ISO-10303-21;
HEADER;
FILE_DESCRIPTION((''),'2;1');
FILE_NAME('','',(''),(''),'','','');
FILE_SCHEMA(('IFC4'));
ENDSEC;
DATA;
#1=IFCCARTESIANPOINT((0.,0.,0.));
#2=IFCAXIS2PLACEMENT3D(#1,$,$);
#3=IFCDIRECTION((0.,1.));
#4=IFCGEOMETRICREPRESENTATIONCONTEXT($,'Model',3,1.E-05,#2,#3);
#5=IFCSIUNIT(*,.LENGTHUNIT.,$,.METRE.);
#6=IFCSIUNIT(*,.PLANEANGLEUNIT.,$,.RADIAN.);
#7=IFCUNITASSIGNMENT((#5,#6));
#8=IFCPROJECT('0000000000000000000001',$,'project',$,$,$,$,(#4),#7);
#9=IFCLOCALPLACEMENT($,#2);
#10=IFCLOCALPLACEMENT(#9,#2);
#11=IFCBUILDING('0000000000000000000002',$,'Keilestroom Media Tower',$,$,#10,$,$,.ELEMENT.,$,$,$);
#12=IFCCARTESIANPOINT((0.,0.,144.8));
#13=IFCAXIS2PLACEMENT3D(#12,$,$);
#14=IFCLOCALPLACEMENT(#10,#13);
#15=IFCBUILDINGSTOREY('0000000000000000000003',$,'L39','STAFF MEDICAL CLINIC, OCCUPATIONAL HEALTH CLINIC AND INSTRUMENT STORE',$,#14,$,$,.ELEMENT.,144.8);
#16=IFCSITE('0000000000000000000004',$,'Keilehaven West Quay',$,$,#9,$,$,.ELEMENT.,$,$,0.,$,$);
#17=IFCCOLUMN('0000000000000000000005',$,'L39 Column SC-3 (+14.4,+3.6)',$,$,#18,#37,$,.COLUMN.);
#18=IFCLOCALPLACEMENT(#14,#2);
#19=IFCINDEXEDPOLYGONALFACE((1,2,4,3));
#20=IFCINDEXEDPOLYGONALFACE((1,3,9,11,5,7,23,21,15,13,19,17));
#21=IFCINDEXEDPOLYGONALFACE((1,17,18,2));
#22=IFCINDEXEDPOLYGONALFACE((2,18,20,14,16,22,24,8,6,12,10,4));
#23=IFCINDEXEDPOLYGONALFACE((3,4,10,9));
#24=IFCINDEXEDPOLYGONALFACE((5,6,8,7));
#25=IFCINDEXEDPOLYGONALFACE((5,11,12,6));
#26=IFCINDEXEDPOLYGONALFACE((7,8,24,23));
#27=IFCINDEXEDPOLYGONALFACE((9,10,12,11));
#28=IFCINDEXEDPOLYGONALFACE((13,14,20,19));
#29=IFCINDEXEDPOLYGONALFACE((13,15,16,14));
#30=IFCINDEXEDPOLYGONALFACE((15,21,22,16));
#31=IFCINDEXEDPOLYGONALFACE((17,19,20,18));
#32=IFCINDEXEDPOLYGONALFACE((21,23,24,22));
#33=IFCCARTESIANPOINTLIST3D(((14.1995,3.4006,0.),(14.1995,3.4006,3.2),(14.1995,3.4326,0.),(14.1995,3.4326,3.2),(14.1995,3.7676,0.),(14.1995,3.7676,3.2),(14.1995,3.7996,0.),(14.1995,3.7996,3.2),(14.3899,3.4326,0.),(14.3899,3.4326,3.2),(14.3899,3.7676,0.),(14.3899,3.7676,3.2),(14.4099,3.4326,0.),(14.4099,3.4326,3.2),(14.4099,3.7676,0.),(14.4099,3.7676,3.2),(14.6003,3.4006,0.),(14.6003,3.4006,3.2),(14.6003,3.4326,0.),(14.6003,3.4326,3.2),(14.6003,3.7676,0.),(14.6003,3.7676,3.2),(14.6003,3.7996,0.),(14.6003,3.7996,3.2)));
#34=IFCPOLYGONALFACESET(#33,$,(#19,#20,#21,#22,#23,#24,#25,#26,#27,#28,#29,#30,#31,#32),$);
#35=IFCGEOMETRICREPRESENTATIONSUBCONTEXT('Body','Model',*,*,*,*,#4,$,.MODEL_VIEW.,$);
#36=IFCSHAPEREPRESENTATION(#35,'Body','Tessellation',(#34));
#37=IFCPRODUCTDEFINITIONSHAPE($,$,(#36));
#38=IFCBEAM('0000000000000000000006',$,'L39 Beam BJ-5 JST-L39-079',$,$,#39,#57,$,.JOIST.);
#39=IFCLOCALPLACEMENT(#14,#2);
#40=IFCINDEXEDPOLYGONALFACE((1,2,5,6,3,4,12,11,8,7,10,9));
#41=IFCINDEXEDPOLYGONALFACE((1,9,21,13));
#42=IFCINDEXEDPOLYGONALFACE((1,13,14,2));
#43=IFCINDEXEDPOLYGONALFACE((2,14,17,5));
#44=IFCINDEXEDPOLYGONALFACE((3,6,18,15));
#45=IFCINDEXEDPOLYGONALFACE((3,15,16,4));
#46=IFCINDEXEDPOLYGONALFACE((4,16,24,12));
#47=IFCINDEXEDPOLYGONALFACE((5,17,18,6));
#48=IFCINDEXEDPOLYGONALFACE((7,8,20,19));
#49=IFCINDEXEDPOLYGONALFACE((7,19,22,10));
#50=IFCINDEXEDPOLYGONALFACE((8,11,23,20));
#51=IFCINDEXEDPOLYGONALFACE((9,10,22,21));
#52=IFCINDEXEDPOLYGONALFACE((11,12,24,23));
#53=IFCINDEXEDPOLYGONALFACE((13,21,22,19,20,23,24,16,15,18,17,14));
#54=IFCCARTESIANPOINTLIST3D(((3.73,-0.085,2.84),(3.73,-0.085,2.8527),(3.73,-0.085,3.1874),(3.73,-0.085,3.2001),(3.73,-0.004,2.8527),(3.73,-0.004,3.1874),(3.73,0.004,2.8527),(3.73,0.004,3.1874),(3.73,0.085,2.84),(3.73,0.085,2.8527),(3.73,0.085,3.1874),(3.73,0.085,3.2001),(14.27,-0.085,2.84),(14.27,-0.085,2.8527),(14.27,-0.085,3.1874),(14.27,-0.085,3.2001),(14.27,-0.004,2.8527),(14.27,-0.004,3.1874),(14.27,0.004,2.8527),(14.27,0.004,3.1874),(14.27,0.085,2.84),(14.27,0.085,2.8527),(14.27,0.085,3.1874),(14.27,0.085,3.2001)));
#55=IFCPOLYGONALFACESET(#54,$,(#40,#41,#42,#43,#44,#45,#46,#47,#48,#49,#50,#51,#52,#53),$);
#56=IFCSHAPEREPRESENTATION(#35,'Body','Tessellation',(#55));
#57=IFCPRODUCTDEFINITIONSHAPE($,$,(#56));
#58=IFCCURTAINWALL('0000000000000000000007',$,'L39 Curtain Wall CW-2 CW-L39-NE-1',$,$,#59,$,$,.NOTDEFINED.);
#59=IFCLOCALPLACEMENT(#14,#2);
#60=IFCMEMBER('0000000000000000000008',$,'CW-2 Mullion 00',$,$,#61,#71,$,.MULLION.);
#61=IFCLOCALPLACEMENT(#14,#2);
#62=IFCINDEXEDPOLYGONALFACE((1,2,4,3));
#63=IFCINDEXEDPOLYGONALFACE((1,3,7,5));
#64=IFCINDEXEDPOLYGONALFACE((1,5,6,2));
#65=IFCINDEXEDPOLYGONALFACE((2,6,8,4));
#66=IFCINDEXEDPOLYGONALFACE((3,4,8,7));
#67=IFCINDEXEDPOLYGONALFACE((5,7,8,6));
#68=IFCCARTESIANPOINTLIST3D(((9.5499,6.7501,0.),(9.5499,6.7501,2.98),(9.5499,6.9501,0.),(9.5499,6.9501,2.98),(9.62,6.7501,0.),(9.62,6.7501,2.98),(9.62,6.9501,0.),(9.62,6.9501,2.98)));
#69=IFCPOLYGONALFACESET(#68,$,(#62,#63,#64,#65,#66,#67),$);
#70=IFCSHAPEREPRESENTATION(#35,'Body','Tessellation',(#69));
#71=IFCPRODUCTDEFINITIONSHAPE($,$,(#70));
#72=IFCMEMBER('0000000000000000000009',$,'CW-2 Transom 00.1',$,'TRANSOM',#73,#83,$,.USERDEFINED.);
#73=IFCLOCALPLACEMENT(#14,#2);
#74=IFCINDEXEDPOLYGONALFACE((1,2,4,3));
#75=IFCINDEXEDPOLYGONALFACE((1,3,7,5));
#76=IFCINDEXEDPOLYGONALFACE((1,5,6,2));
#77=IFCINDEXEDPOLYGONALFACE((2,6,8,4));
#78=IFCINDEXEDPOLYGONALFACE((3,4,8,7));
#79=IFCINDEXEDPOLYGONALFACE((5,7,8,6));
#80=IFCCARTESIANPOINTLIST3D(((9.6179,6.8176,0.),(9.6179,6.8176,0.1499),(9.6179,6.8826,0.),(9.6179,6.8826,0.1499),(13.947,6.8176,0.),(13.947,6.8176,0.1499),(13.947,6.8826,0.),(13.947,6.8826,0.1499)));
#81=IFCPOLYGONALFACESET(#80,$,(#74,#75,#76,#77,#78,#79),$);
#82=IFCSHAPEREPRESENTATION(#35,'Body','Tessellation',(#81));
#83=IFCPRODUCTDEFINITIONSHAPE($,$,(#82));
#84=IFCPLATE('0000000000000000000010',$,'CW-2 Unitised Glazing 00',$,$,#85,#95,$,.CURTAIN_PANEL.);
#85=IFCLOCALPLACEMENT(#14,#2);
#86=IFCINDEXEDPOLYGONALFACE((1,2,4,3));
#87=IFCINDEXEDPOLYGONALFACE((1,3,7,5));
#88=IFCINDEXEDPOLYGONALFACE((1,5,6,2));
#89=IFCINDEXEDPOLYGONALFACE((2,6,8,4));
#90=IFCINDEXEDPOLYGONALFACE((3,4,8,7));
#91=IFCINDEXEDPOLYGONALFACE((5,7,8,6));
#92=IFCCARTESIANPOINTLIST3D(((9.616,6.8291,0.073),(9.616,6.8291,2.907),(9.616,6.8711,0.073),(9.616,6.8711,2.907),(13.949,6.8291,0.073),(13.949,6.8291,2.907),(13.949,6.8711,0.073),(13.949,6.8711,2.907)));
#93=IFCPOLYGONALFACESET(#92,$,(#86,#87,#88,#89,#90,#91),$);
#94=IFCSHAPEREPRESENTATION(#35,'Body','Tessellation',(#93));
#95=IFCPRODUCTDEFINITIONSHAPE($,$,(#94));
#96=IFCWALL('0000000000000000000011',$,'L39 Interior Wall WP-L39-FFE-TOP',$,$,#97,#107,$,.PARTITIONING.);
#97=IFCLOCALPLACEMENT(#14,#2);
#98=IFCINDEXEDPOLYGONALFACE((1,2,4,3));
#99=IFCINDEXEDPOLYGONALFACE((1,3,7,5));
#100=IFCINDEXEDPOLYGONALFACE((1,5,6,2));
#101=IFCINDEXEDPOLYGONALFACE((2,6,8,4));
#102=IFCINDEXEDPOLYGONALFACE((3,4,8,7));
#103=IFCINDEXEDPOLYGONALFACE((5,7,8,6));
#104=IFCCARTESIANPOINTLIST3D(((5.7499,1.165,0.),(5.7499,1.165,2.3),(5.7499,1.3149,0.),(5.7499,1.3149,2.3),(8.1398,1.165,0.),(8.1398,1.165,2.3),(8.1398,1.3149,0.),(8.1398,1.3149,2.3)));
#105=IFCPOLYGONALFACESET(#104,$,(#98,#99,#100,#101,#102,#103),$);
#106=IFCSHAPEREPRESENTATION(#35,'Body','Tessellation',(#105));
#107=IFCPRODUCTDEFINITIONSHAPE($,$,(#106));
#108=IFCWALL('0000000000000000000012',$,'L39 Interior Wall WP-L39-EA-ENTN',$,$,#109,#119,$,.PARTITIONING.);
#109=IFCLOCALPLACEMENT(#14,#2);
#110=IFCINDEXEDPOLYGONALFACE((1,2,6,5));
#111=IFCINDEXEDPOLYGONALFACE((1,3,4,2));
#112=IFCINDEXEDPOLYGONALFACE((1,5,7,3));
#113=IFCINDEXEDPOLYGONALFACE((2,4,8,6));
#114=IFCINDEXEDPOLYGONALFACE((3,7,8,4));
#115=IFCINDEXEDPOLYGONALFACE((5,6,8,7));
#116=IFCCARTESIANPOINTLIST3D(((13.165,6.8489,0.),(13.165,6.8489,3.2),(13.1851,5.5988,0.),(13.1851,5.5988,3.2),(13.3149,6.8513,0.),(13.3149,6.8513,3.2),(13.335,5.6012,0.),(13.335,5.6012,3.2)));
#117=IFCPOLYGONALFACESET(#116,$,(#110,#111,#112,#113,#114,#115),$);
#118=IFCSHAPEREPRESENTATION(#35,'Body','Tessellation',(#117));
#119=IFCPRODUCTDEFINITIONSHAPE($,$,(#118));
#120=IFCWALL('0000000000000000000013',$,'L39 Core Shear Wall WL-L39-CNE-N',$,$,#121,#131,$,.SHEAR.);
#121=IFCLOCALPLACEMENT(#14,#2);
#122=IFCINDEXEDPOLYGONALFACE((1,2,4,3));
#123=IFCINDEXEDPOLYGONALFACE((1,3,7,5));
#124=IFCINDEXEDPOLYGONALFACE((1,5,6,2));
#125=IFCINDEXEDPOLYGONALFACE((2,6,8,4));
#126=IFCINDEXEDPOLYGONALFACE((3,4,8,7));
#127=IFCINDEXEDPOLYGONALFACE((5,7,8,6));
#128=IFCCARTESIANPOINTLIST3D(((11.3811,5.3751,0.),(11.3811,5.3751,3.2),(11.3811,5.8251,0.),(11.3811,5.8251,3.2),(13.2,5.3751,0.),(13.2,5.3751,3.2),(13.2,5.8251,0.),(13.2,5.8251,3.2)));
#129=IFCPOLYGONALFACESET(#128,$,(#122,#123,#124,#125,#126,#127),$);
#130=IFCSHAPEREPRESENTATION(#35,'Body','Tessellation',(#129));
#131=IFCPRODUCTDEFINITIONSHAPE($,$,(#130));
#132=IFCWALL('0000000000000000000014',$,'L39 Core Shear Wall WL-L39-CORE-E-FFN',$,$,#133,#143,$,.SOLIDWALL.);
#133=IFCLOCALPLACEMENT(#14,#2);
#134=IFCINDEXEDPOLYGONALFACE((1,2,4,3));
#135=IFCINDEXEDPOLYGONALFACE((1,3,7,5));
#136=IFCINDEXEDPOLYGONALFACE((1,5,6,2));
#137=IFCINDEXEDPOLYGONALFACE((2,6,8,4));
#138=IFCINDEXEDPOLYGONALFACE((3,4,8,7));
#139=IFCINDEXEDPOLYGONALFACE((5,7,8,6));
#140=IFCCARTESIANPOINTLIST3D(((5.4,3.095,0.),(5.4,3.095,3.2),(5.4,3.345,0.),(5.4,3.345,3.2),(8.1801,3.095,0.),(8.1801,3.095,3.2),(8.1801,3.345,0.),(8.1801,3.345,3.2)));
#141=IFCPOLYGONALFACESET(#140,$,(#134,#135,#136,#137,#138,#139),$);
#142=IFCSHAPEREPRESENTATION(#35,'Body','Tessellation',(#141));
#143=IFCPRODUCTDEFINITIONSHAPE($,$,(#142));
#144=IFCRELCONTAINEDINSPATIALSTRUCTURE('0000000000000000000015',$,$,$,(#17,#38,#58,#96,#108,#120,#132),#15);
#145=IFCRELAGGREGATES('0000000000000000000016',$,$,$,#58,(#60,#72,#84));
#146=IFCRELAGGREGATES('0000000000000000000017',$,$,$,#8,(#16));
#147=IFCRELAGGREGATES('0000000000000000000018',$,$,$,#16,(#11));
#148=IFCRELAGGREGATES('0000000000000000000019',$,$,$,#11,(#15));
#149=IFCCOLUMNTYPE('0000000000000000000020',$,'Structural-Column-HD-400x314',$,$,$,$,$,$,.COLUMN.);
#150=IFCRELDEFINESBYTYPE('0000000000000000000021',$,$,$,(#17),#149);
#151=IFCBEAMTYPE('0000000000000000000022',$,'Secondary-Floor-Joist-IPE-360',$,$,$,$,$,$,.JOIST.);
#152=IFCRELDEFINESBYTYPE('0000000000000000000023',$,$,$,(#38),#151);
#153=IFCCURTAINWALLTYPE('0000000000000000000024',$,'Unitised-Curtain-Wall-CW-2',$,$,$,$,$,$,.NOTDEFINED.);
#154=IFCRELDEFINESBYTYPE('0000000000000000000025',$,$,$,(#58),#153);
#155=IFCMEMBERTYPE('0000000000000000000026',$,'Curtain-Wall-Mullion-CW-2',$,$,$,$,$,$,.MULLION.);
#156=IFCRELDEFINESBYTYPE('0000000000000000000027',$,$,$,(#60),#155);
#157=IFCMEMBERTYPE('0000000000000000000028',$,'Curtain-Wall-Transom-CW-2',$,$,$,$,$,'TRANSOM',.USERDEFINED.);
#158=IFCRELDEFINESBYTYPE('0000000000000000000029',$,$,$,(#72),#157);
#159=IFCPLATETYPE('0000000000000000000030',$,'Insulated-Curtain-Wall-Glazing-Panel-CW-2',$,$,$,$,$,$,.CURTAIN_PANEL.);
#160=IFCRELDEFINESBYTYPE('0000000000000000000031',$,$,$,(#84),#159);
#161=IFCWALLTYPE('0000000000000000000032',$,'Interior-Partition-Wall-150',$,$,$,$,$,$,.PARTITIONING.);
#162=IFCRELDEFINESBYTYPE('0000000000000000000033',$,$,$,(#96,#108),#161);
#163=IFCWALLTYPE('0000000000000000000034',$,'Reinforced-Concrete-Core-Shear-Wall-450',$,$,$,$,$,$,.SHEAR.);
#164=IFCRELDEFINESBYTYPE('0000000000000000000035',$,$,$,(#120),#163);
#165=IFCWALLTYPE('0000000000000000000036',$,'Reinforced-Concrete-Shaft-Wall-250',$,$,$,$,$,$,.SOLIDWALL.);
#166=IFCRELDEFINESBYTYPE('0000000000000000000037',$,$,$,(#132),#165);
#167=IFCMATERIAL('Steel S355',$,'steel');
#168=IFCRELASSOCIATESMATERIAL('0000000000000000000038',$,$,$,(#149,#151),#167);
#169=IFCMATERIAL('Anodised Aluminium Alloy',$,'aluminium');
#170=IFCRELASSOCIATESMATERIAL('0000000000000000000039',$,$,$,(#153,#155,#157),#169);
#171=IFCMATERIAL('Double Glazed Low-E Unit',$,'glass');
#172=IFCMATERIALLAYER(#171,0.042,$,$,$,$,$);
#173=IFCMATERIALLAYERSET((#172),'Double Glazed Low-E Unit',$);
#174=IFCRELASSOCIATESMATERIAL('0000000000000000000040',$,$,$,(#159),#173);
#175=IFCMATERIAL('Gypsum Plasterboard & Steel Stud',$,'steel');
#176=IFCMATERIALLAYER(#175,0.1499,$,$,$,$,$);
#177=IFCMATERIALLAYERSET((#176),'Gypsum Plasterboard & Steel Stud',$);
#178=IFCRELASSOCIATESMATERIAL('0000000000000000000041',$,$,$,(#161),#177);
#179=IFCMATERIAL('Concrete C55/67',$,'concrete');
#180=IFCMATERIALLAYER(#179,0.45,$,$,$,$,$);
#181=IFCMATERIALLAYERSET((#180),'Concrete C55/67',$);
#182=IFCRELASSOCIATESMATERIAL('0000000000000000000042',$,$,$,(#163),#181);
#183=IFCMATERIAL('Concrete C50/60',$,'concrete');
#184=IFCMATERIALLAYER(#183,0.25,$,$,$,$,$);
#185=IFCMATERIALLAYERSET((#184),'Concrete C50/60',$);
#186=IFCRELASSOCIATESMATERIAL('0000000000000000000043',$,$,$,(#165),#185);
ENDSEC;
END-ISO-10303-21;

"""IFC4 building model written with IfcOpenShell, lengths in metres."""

from ifc_helpers import new_model, si_unit, direction, frame, frame_2d, origin, origin_2d, place, context, subcontext, project, spatial, rectangle, i_section, extrude, source, transform, mapped, material, layer, layer_set, material_profile, profile_set, type_object, element, aggregate, save


model = new_model("IFC4")

# Units and contexts
model_context = context("Model", 3, precision=1e-05, world=origin(), true_north=direction((0.0, 1.0)))
body_context = subcontext(model_context, "Body", "Model", "MODEL_VIEW")
ifc_project = project(units=[si_unit("LENGTHUNIT", "METRE"), si_unit("PLANEANGLEUNIT", "RADIAN")], contexts=[model_context])

# Site, building, storey
site_placement = place(None, origin())
site = spatial("IfcSite", under=ifc_project, at=site_placement, Name="Keilehaven West Quay", CompositionType="ELEMENT", RefElevation=0.0)
building_placement = place(site_placement, origin())
building = spatial("IfcBuilding", under=site, at=building_placement, Name="Keilestroom Media Tower", CompositionType="ELEMENT")
storey_placement = place(building_placement, frame((0.0, 0.0, 144.8)))
storey = spatial("IfcBuildingStorey", under=building, at=storey_placement, Name="L39", Description="STAFF MEDICAL CLINIC, OCCUPATIONAL HEALTH CLINIC AND INSTRUMENT STORE", CompositionType="ELEMENT", Elevation=144.8)

# Column
ifc_material_1 = material(Name="Steel S355", Category="steel")
ifc_material_profile_1 = material_profile(ifc_material_1, i_section(OverallWidth=0.4009, OverallDepth=0.3989, WebThickness=0.02, FlangeThickness=0.032, at=origin_2d()), Name="HD 400x314")
ifc_profile_set_1 = profile_set([ifc_material_profile_1], Name="Steel S355")
column_type = type_object("IfcColumnType", Name="Structural-Column-HD-400x314", PredefinedType="COLUMN", material=ifc_profile_set_1)
shared_shape_1 = source(origin(), body_context, "Body", "SweptSolid", [
    extrude(i_section(OverallWidth=0.4009, OverallDepth=0.3989, WebThickness=0.02, FlangeThickness=0.032, at=origin_2d()), origin(), (0.0, 0.0, 1.0), 3.2),
])
column_placement = place(storey_placement, frame((14.3999, 3.6001, 0.0), z_axis=(0.0, 0.0, 1.0), x_axis=(1.0, 0.0, 0.0)))
element("IfcColumn", 1, at=column_placement, inside=storey, type_object=column_type, Name="L39 Column SC-3 (+14.4,+3.6)", PredefinedType="COLUMN", context=body_context, shape_type="MappedRepresentation", body=[
    mapped(shared_shape_1, transform((0.0, 0.0, 0.0), x_axis=(1.0, 0.0, 0.0), y_axis=(0.0, 1.0, 0.0), z_axis=(0.0, 0.0, 1.0), scale=1.0)),
])

# Beam
ifc_material_profile_2 = material_profile(ifc_material_1, i_section(OverallWidth=0.1699, OverallDepth=0.3601, WebThickness=0.0081, FlangeThickness=0.0127, at=origin_2d()), Name="IPE 360")
ifc_profile_set_2 = profile_set([ifc_material_profile_2], Name="Steel S355")
beam_type = type_object("IfcBeamType", Name="Secondary-Floor-Joist-IPE-360", PredefinedType="JOIST", material=ifc_profile_set_2)
shared_shape_2 = source(origin(), body_context, "Body", "SweptSolid", [
    extrude(i_section(OverallWidth=0.1699, OverallDepth=0.3601, WebThickness=0.0081, FlangeThickness=0.0127, at=origin_2d()), origin(), (0.0, 0.0, 1.0), 10.54),
])
beam_placement = place(storey_placement, frame((3.73, 0.0, 3.02), z_axis=(1.0, 0.0, 0.0), x_axis=(0.0, 1.0, 0.0)))
element("IfcBeam", 2, at=beam_placement, inside=storey, type_object=beam_type, Name="L39 Beam BJ-5 JST-L39-079", PredefinedType="JOIST", context=body_context, shape_type="MappedRepresentation", body=[
    mapped(shared_shape_2, transform((0.0, 0.0, 0.0), x_axis=(1.0, 0.0, 0.0), y_axis=(0.0, 1.0, 0.0), z_axis=(0.0, 0.0, 1.0), scale=1.0)),
])

# Curtain wall, members, plate
ifc_material_2 = material(Name="Anodised Aluminium Alloy", Category="aluminium")
curtain_wall_type = type_object("IfcCurtainWallType", Name="Unitised-Curtain-Wall-CW-2", PredefinedType="NOTDEFINED", material=ifc_material_2)
curtain_wall_placement = place(storey_placement, origin())
curtain_wall = element("IfcCurtainWall", 3, at=curtain_wall_placement, inside=storey, type_object=curtain_wall_type, Name="L39 Curtain Wall CW-2 CW-L39-NE-1", PredefinedType="NOTDEFINED")
ifc_material_profile_3 = material_profile(ifc_material_2, rectangle(XDim=0.0701, YDim=0.2, at=origin_2d()), Name="ALU MULLION 70x200")
ifc_profile_set_3 = profile_set([ifc_material_profile_3], Name="Anodised Aluminium Alloy")
member_type_1 = type_object("IfcMemberType", Name="Curtain-Wall-Mullion-CW-2", PredefinedType="MULLION", material=ifc_profile_set_3)
shared_shape_3 = source(origin(), body_context, "Body", "SweptSolid", [
    extrude(rectangle(XDim=0.0701, YDim=0.2, at=origin_2d()), origin(), (0.0, 0.0, 1.0), 2.98),
])
member_1_placement = place(storey_placement, frame((9.585, 6.8501, 0.0), z_axis=(0.0, 0.0, 1.0), x_axis=(1.0, 0.0, 0.0)))
member_1 = element("IfcMember", 4, at=member_1_placement, type_object=member_type_1, Name="CW-2 Mullion 00", PredefinedType="MULLION", context=body_context, shape_type="MappedRepresentation", body=[
    mapped(shared_shape_3, transform((0.0, 0.0, 0.0), x_axis=(1.0, 0.0, 0.0), y_axis=(0.0, 1.0, 0.0), z_axis=(0.0, 0.0, 1.0), scale=1.0)),
])
ifc_material_profile_4 = material_profile(ifc_material_2, rectangle(XDim=0.0649, YDim=0.1499, at=origin_2d()), Name="ALU TRANSOM 65x150")
ifc_profile_set_4 = profile_set([ifc_material_profile_4], Name="Anodised Aluminium Alloy")
member_type_2 = type_object("IfcMemberType", Name="Curtain-Wall-Transom-CW-2", ElementType="TRANSOM", PredefinedType="USERDEFINED", material=ifc_profile_set_4)
shared_shape_4 = source(origin(), body_context, "Body", "SweptSolid", [
    extrude(rectangle(XDim=0.0649, YDim=0.1499, at=origin_2d()), origin(), (0.0, 0.0, 1.0), 4.3291),
])
member_2_placement = place(storey_placement, frame((9.6179, 6.8501, 0.075), z_axis=(1.0, 0.0, 0.0), x_axis=(0.0, 1.0, 0.0)))
member_2 = element("IfcMember", 5, at=member_2_placement, type_object=member_type_2, Name="CW-2 Transom 00.1", ObjectType="TRANSOM", PredefinedType="USERDEFINED", context=body_context, shape_type="MappedRepresentation", body=[
    mapped(shared_shape_4, transform((0.0, 0.0, 0.0), x_axis=(1.0, 0.0, 0.0), y_axis=(0.0, 1.0, 0.0), z_axis=(0.0, 0.0, 1.0), scale=1.0)),
])
ifc_material_3 = material(Name="Double Glazed Low-E Unit", Category="glass")
ifc_layer_1 = layer(ifc_material_3, 0.042)
ifc_layer_set_1 = layer_set([ifc_layer_1], Name="Double Glazed Low-E Unit")
plate_type = type_object("IfcPlateType", Name="Insulated-Curtain-Wall-Glazing-Panel-CW-2", PredefinedType="CURTAIN_PANEL", material=ifc_layer_set_1)
shared_shape_5 = source(origin(), body_context, "Body", "SweptSolid", [
    extrude(rectangle(XDim=4.333, YDim=0.042, at=origin_2d()), origin(), (0.0, 0.0, 1.0), 2.834),
])
plate_placement = place(storey_placement, frame((11.7825, 6.8501, 0.073), z_axis=(0.0, 0.0, 1.0), x_axis=(1.0, 0.0, 0.0)))
plate = element("IfcPlate", 6, at=plate_placement, type_object=plate_type, Name="CW-2 Unitised Glazing 00", PredefinedType="CURTAIN_PANEL", context=body_context, shape_type="MappedRepresentation", body=[
    mapped(shared_shape_5, transform((0.0, 0.0, 0.0), x_axis=(1.0, 0.0, 0.0), y_axis=(0.0, 1.0, 0.0), z_axis=(0.0, 0.0, 1.0), scale=1.0)),
])
aggregate(curtain_wall, [member_1, member_2, plate])

# Walls
ifc_material_4 = material(Name="Gypsum Plasterboard & Steel Stud", Category="steel")
ifc_layer_2 = layer(ifc_material_4, 0.1499)
ifc_layer_set_2 = layer_set([ifc_layer_2], Name="Gypsum Plasterboard & Steel Stud")
wall_type_1 = type_object("IfcWallType", Name="Interior-Partition-Wall-150", PredefinedType="PARTITIONING", material=ifc_layer_set_2)
wall_1_placement = place(storey_placement, frame((5.75, 1.24, 0.0), z_axis=(0.0, 0.0, 1.0), x_axis=(1.0, 0.0, 0.0)))
element("IfcWall", 7, at=wall_1_placement, inside=storey, type_object=wall_type_1, Name="L39 Interior Wall WP-L39-FFE-TOP", PredefinedType="PARTITIONING", context=body_context, shape_type="SweptSolid", body=[
    extrude(rectangle(XDim=2.3899, YDim=0.1499, at=frame_2d((1.1948, 0.0))), origin(), (0.0, 0.0, 1.0), 2.3),
])
wall_2_placement = place(storey_placement, frame((13.26, 5.6001, 0.0), z_axis=(0.0, 0.0, 1.0), x_axis=(-0.016014, 0.999872, 0.0)))
element("IfcWall", 8, at=wall_2_placement, inside=storey, type_object=wall_type_1, Name="L39 Interior Wall WP-L39-EA-ENTN", PredefinedType="PARTITIONING", context=body_context, shape_type="SweptSolid", body=[
    extrude(rectangle(XDim=1.2502, YDim=0.1499, at=frame_2d((0.625, 0.0))), origin(), (0.0, 0.0, 1.0), 3.2),
])
ifc_material_5 = material(Name="Concrete C55/67", Category="concrete")
ifc_layer_3 = layer(ifc_material_5, 0.45)
ifc_layer_set_3 = layer_set([ifc_layer_3], Name="Concrete C55/67")
wall_type_2 = type_object("IfcWallType", Name="Reinforced-Concrete-Core-Shear-Wall-450", PredefinedType="SHEAR", material=ifc_layer_set_3)
wall_3_placement = place(storey_placement, frame((11.3811, 5.6001, 0.0), z_axis=(0.0, 0.0, 1.0), x_axis=(1.0, 0.0, 0.0)))
element("IfcWall", 9, at=wall_3_placement, inside=storey, type_object=wall_type_2, Name="L39 Core Shear Wall WL-L39-CNE-N", PredefinedType="SHEAR", context=body_context, shape_type="SweptSolid", body=[
    extrude(rectangle(XDim=1.8188, YDim=0.45, at=frame_2d((0.9094, 0.0))), origin(), (0.0, 0.0, 1.0), 3.2),
])
ifc_material_6 = material(Name="Concrete C50/60", Category="concrete")
ifc_layer_4 = layer(ifc_material_6, 0.25)
ifc_layer_set_4 = layer_set([ifc_layer_4], Name="Concrete C50/60")
wall_type_3 = type_object("IfcWallType", Name="Reinforced-Concrete-Shaft-Wall-250", PredefinedType="SOLIDWALL", material=ifc_layer_set_4)
wall_4_placement = place(storey_placement, frame((5.3999, 3.22, 0.0), z_axis=(0.0, 0.0, 1.0), x_axis=(1.0, 0.0, 0.0)))
element("IfcWall", 10, at=wall_4_placement, inside=storey, type_object=wall_type_3, Name="L39 Core Shear Wall WL-L39-CORE-E-FFN", PredefinedType="SOLIDWALL", context=body_context, shape_type="SweptSolid", body=[
    extrude(rectangle(XDim=2.78, YDim=0.25, at=frame_2d((1.3901, 0.0))), origin(), (0.0, 0.0, 1.0), 3.2),
])

save(model, "model.ifc")
